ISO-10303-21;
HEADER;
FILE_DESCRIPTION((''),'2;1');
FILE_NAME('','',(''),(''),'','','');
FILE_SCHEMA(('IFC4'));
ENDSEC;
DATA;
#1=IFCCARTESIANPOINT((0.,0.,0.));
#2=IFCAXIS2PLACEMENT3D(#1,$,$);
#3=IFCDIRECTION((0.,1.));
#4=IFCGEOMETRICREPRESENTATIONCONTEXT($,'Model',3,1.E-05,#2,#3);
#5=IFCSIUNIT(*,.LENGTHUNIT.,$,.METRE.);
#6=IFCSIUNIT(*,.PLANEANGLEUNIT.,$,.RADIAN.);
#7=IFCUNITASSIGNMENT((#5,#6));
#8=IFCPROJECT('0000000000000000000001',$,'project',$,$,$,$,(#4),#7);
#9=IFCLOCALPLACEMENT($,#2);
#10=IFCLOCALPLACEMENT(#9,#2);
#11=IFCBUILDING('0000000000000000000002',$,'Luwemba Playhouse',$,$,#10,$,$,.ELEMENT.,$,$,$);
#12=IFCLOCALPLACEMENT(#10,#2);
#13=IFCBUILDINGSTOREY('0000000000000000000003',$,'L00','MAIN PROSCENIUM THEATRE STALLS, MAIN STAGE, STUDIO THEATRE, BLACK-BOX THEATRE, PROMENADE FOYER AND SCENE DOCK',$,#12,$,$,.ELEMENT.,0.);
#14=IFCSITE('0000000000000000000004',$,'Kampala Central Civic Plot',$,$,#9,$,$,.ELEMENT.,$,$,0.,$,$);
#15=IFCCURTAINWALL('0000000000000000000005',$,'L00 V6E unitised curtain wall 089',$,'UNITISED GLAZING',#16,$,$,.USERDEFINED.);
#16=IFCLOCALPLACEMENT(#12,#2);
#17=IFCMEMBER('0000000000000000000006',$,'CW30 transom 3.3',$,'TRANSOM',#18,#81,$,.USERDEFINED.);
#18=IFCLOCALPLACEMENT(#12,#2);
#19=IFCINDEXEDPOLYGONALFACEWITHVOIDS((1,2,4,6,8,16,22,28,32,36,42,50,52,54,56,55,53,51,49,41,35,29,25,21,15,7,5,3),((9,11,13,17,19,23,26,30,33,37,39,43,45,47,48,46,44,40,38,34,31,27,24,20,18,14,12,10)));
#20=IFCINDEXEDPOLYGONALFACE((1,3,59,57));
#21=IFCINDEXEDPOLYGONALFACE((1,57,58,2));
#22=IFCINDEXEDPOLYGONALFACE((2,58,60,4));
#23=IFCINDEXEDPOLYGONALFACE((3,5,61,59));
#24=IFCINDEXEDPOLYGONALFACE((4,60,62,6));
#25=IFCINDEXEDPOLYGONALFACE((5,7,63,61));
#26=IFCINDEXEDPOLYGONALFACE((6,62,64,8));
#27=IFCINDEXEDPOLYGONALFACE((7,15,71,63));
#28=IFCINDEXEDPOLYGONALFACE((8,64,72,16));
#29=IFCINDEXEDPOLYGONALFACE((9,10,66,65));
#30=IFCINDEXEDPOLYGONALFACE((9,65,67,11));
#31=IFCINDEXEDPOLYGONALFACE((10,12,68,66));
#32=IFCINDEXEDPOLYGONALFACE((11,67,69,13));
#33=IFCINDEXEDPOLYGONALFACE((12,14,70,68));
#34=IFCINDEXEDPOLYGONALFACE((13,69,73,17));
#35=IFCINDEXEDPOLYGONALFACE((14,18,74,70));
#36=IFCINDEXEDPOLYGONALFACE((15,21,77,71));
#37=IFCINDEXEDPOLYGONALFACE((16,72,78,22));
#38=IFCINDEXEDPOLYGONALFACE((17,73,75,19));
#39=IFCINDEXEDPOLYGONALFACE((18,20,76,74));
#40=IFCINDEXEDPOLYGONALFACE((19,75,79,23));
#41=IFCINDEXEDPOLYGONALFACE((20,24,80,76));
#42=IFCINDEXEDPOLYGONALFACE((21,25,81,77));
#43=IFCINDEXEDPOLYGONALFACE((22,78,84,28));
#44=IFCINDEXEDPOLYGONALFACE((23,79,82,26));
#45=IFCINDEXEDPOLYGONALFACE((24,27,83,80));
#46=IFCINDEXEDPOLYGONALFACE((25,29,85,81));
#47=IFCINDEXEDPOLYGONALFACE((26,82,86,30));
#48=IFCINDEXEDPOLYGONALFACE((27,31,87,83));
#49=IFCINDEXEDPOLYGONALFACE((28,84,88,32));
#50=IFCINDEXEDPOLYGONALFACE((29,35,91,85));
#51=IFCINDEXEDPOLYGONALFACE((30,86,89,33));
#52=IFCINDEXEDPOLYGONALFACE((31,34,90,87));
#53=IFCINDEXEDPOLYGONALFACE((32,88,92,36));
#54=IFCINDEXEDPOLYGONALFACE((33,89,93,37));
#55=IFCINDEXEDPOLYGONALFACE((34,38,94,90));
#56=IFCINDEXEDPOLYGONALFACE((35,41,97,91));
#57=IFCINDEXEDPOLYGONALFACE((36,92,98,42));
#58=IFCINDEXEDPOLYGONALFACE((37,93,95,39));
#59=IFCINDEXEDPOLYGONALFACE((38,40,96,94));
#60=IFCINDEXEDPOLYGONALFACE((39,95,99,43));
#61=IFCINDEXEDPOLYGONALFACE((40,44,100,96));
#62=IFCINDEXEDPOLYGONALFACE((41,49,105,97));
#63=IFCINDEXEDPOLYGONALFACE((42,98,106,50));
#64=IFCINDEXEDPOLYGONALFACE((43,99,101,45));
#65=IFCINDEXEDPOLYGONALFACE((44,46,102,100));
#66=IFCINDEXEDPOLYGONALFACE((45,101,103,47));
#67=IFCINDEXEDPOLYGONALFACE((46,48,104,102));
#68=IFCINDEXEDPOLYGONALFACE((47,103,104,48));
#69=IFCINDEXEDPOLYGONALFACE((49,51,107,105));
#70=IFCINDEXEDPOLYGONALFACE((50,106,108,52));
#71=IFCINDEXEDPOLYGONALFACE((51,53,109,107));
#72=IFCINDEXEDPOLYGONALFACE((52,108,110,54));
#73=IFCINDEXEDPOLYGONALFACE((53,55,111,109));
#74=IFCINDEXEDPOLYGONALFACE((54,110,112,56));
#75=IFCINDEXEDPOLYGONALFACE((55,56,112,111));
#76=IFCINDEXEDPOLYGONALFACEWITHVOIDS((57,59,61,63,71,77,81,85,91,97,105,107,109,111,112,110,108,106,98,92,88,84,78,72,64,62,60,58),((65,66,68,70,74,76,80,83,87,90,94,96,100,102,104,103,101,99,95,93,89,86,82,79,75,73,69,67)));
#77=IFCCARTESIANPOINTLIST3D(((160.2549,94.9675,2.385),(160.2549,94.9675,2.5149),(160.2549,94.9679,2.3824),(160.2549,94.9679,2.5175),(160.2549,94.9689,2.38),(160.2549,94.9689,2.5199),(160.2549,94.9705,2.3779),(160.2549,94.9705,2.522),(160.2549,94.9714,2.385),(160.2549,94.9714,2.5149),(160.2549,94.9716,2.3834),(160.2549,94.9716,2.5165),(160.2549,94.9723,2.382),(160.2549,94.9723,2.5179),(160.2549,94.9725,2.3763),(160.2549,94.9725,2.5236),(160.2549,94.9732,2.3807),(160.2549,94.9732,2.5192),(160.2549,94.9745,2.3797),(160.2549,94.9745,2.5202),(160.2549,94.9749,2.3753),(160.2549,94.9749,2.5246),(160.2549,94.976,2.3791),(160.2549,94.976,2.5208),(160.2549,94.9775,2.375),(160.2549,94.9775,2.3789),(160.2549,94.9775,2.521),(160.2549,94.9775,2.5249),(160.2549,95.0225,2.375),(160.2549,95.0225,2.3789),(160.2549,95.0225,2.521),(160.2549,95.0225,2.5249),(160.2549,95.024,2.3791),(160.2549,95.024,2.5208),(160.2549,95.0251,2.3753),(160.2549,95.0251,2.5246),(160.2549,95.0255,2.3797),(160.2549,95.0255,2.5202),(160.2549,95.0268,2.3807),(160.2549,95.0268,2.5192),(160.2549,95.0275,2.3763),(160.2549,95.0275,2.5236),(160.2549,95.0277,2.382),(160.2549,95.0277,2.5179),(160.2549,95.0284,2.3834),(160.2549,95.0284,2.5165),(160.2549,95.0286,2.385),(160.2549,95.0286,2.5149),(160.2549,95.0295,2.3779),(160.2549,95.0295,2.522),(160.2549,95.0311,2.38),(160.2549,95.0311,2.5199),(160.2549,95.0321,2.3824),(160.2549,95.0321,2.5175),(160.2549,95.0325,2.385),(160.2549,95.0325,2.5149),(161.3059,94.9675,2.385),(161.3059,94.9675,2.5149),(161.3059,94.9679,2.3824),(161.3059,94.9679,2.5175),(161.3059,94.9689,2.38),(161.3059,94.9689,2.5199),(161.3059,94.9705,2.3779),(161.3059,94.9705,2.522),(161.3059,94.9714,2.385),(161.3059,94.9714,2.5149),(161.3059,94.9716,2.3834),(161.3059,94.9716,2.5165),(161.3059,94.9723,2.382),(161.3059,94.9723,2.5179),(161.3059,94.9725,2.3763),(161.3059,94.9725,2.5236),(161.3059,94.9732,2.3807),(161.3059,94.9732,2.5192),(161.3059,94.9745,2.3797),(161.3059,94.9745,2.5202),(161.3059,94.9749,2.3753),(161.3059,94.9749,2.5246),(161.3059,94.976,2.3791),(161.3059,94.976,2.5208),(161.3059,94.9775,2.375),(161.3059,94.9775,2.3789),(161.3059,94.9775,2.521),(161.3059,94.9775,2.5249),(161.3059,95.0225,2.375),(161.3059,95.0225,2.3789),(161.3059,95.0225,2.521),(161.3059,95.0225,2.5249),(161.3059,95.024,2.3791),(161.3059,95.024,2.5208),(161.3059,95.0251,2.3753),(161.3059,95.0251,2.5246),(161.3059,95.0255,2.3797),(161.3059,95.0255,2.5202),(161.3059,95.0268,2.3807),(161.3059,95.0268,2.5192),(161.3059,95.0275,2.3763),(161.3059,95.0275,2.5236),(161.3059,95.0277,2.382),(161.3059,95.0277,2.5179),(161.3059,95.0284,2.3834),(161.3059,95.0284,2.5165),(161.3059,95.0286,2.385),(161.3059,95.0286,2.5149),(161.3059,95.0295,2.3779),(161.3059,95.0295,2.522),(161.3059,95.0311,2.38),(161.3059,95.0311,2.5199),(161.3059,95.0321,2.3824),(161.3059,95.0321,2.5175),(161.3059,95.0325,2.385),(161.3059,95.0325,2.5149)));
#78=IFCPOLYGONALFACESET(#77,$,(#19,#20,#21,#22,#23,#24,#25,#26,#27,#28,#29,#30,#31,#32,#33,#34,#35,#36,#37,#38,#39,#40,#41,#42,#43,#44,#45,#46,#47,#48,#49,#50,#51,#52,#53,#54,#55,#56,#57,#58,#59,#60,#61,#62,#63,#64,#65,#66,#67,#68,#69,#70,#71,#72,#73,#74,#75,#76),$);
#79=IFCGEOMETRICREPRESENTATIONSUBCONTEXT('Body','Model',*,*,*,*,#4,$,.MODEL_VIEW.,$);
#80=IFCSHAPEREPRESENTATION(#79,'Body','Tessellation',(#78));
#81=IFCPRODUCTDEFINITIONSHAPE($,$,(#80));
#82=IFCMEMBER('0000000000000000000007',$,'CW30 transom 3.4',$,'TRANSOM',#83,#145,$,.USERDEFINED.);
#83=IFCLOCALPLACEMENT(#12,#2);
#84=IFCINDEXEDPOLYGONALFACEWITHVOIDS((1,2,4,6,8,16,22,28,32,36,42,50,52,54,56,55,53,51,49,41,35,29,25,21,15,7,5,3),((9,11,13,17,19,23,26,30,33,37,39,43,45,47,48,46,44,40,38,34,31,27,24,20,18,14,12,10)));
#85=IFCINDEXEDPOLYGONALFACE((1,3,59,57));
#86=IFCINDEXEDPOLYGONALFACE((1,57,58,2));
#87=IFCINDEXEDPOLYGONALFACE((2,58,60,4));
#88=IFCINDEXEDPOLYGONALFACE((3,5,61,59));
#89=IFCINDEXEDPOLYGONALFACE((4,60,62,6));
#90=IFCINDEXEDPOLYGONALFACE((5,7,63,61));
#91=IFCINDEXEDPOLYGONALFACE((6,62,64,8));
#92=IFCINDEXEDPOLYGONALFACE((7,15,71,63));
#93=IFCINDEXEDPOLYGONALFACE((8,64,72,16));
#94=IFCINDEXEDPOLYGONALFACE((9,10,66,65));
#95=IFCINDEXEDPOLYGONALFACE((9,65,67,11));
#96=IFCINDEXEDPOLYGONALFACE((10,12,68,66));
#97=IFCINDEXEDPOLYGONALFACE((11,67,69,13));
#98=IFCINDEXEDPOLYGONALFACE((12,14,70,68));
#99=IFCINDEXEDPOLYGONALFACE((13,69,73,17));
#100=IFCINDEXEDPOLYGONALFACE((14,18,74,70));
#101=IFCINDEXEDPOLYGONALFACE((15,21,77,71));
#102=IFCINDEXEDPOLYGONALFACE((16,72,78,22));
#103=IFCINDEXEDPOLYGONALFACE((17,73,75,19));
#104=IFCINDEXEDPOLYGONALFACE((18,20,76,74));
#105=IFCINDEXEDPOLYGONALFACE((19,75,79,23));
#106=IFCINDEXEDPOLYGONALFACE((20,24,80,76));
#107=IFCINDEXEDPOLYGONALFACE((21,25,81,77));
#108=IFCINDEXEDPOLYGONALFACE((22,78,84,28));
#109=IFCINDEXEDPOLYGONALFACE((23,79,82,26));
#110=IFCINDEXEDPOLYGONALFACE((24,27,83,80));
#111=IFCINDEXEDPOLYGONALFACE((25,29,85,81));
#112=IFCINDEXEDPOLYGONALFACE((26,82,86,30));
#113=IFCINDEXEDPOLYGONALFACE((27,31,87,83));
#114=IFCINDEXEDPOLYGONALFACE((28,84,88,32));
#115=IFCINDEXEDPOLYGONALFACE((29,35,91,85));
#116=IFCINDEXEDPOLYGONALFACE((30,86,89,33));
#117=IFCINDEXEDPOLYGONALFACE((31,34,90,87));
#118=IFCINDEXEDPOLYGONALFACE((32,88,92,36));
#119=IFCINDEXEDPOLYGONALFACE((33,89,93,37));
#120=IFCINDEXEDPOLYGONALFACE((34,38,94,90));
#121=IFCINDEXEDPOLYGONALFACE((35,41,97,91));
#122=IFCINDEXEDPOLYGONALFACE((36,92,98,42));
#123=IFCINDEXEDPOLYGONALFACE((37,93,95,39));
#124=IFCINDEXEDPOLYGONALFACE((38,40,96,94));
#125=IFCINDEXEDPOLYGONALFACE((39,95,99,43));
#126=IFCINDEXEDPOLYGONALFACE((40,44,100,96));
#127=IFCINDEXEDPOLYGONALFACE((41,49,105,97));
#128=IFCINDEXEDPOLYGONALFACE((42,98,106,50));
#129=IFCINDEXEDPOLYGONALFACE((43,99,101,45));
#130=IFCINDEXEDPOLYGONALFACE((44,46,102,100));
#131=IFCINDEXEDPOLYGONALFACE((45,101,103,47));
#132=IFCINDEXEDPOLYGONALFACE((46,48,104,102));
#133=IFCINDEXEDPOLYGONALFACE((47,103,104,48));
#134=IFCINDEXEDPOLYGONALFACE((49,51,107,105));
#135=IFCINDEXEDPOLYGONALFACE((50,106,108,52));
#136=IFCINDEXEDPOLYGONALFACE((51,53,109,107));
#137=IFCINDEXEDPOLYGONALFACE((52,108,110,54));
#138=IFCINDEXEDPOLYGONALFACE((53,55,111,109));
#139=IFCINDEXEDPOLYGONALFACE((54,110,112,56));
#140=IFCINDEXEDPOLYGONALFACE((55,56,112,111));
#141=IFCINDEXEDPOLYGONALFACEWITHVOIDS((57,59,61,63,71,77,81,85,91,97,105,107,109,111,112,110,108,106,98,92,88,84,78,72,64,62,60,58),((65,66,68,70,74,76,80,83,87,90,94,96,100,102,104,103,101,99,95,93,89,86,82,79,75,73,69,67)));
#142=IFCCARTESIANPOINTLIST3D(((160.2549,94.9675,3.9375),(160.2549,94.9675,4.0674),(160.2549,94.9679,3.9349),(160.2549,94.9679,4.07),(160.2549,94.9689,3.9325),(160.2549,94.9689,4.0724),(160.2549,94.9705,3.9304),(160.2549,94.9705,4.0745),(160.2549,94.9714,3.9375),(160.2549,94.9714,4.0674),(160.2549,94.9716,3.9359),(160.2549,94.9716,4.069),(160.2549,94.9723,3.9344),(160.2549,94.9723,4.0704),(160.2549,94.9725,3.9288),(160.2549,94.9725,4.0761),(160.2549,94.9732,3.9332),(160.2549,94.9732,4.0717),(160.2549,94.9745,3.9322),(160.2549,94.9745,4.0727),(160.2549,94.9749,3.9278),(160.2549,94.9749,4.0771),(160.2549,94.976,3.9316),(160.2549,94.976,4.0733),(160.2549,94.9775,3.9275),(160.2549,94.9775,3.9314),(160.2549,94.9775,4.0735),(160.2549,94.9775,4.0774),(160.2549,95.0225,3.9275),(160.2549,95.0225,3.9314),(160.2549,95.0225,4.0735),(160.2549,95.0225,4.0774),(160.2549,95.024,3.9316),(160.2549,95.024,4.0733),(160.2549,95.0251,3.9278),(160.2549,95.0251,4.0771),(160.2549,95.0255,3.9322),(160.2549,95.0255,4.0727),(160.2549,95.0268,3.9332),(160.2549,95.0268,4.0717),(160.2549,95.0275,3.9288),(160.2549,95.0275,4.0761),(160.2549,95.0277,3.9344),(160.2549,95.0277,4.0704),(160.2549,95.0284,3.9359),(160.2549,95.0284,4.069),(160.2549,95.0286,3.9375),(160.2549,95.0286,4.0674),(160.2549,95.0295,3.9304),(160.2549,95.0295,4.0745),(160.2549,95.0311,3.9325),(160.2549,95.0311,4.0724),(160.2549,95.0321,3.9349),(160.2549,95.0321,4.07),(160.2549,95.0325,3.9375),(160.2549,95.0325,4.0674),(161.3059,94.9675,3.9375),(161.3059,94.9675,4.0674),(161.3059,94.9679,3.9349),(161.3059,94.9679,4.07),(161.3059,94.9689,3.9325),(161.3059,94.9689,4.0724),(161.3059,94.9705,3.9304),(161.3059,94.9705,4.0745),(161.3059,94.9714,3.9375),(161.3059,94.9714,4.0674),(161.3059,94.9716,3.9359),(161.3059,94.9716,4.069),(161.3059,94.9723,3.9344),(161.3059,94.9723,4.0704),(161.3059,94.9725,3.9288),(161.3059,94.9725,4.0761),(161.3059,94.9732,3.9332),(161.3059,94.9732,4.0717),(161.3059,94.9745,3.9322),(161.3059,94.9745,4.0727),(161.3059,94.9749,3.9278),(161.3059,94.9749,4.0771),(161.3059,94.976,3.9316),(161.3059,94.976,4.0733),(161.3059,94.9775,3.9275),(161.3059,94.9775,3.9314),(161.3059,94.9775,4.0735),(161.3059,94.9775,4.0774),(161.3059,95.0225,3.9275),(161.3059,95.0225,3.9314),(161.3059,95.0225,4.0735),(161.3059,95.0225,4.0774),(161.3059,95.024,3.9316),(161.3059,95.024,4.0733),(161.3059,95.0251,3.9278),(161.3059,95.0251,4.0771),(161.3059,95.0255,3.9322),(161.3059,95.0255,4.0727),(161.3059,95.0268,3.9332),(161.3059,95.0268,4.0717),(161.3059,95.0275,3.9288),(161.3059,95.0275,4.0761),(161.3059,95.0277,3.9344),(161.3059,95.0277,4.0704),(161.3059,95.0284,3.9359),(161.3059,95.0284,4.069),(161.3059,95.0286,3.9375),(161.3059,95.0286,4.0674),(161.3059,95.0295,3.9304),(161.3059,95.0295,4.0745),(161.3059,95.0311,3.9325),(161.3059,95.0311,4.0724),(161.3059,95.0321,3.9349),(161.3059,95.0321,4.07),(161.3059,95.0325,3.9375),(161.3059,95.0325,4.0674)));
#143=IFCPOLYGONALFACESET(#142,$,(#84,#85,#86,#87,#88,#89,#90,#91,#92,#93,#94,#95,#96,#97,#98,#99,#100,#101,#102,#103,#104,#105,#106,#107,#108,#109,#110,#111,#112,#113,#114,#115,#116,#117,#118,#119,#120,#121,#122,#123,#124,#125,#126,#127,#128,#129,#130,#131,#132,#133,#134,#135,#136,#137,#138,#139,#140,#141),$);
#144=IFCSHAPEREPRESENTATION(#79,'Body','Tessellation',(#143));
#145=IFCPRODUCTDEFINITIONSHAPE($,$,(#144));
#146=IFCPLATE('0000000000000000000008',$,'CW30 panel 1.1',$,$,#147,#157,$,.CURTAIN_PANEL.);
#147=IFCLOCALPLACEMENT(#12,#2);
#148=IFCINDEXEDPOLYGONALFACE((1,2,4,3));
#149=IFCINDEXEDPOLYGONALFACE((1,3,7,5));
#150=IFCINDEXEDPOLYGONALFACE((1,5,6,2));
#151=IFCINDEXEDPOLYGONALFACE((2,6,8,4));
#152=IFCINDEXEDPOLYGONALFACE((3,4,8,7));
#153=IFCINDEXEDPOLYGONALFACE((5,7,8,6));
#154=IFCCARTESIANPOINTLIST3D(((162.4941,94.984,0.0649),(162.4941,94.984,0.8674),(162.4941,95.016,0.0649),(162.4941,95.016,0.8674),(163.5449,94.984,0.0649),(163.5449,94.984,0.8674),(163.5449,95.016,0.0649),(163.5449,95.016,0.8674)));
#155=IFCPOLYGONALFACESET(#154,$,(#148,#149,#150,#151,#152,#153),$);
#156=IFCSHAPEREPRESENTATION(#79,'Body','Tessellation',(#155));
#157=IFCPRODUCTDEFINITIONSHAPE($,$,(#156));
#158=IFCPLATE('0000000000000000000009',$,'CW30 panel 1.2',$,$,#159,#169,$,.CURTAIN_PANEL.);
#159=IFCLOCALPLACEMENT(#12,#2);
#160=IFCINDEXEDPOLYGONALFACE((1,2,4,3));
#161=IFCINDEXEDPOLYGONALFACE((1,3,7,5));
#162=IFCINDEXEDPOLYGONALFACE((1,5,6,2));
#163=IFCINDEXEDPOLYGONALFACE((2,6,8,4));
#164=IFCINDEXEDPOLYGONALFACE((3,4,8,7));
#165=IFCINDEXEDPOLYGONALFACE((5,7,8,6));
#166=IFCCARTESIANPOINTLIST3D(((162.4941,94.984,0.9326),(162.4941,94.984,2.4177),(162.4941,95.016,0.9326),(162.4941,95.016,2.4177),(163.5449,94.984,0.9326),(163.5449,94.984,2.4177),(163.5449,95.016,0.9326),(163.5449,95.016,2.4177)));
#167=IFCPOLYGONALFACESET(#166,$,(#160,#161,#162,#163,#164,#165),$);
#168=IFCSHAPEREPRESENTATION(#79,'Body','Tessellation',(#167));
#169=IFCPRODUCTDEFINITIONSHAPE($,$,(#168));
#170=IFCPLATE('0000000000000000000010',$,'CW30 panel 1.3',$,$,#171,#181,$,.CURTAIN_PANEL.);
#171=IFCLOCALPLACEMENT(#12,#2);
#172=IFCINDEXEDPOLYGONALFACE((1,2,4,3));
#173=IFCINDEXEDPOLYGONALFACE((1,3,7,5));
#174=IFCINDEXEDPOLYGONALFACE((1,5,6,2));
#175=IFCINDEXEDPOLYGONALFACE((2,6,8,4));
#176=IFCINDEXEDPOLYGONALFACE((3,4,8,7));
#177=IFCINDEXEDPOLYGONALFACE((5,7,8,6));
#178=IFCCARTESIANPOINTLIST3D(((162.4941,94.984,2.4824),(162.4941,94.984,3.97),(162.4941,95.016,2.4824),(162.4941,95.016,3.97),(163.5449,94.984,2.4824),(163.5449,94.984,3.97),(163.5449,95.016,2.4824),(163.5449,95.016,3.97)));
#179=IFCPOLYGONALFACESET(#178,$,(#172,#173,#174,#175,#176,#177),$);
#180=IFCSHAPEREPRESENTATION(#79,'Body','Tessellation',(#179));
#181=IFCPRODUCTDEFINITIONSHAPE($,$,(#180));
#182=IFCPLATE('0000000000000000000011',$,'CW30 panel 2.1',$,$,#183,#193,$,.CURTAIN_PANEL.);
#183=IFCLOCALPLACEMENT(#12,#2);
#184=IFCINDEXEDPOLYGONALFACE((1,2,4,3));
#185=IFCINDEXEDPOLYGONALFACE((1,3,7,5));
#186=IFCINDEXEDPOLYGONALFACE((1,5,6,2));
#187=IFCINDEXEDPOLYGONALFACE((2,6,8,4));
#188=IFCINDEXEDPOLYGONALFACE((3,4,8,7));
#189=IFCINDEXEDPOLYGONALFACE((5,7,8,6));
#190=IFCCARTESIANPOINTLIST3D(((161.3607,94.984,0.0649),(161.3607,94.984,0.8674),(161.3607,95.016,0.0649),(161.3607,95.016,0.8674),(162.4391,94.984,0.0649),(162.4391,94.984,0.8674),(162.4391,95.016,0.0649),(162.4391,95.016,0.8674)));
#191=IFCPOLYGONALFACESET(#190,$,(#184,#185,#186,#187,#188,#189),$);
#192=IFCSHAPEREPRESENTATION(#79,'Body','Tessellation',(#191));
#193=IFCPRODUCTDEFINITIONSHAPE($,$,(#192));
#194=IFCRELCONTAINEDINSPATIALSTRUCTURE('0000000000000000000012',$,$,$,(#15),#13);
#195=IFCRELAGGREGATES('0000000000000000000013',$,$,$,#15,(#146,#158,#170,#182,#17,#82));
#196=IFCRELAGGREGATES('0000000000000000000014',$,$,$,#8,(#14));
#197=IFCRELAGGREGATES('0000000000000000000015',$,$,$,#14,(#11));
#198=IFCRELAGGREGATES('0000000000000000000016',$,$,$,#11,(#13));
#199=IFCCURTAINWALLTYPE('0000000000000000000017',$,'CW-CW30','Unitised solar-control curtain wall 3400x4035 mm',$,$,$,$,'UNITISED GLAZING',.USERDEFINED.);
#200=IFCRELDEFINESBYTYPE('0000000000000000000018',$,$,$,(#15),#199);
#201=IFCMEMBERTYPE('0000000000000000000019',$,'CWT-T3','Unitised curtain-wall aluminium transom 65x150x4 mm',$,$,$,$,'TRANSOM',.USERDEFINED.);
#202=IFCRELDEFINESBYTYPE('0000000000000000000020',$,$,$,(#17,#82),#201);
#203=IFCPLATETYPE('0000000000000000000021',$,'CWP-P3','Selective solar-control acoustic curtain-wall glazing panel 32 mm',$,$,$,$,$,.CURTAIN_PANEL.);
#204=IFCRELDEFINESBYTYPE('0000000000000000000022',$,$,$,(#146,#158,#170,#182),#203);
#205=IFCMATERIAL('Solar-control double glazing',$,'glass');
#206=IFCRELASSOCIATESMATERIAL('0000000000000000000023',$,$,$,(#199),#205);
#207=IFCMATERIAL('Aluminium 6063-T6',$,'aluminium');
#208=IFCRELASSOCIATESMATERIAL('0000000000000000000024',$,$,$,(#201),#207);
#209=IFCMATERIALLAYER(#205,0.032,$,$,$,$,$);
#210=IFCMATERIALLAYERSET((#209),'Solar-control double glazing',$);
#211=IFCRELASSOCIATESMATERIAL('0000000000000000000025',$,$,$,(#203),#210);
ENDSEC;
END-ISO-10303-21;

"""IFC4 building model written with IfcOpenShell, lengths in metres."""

from ifc_helpers import new_model, si_unit, direction, frame, origin, origin_2d, place, context, subcontext, project, spatial, rectangle, hollow_rectangle, extrude, material, layer, layer_set, material_profile, profile_set, type_object, element, aggregate, save


model = new_model("IFC4")

# Units and contexts
model_context = context("Model", 3, precision=1e-05, world=origin(), true_north=direction((0.0, 1.0)))
body_context = subcontext(model_context, "Body", "Model", "MODEL_VIEW")
ifc_project = project(units=[si_unit("LENGTHUNIT", "METRE"), si_unit("PLANEANGLEUNIT", "RADIAN")], contexts=[model_context])

# Site, building, storey
site_placement = place(None, origin())
site = spatial("IfcSite", under=ifc_project, at=site_placement, Name="Kampala Central Civic Plot", CompositionType="ELEMENT", RefElevation=0.0)
building_placement = place(site_placement, origin())
building = spatial("IfcBuilding", under=site, at=building_placement, Name="Luwemba Playhouse", CompositionType="ELEMENT")
storey_placement = place(building_placement, origin())
storey = spatial("IfcBuildingStorey", under=building, at=storey_placement, Name="L00", Description="MAIN PROSCENIUM THEATRE STALLS, MAIN STAGE, STUDIO THEATRE, BLACK-BOX THEATRE, PROMENADE FOYER AND SCENE DOCK", CompositionType="ELEMENT", Elevation=0.0)

# Curtain wall, members, plates
ifc_material_1 = material(Name="Solar-control double glazing", Category="glass")
curtain_wall_type = type_object("IfcCurtainWallType", Name="CW-CW30", Description="Unitised solar-control curtain wall 3400x4035 mm", ElementType="UNITISED GLAZING", PredefinedType="USERDEFINED", material=ifc_material_1)
curtain_wall_placement = place(storey_placement, origin())
curtain_wall = element("IfcCurtainWall", 1, at=curtain_wall_placement, inside=storey, type_object=curtain_wall_type, Name="L00 V6E unitised curtain wall 089", ObjectType="UNITISED GLAZING", PredefinedType="USERDEFINED")
ifc_material_2 = material(Name="Aluminium 6063-T6", Category="aluminium")
ifc_material_profile_1 = material_profile(ifc_material_2, hollow_rectangle(XDim=0.0649, YDim=0.1499, WallThickness=0.0039, InnerFilletRadius=0.0061, OuterFilletRadius=0.01, at=origin_2d()))
ifc_profile_set_1 = profile_set([ifc_material_profile_1], Name="Aluminium 6063-T6")
member_type_1 = type_object("IfcMemberType", Name="CWT-T3", Description="Unitised curtain-wall aluminium transom 65x150x4 mm", ElementType="TRANSOM", PredefinedType="USERDEFINED", material=ifc_profile_set_1)
member_1_placement = place(storey_placement, frame((161.3059, 95.0, 2.45), z_axis=(-1.0, 0.0, 0.0), x_axis=(0.0, -1.0, 0.0)))
member_1 = element("IfcMember", 2, at=member_1_placement, type_object=member_type_1, Name="CW30 transom 3.3", ObjectType="TRANSOM", PredefinedType="USERDEFINED", context=body_context, shape_type="SweptSolid", body=[
    extrude(hollow_rectangle(XDim=0.0649, YDim=0.1499, WallThickness=0.0039, InnerFilletRadius=0.0061, OuterFilletRadius=0.01, at=origin_2d()), origin(), (0.0, 0.0, 1.0), 1.051),
])
member_2_placement = place(storey_placement, frame((161.3059, 95.0, 4.0024), z_axis=(-1.0, 0.0, 0.0), x_axis=(0.0, -1.0, 0.0)))
member_2 = element("IfcMember", 3, at=member_2_placement, type_object=member_type_1, Name="CW30 transom 3.4", ObjectType="TRANSOM", PredefinedType="USERDEFINED", context=body_context, shape_type="SweptSolid", body=[
    extrude(hollow_rectangle(XDim=0.0649, YDim=0.1499, WallThickness=0.0039, InnerFilletRadius=0.0061, OuterFilletRadius=0.01, at=origin_2d()), origin(), (0.0, 0.0, 1.0), 1.051),
])
ifc_layer = layer(ifc_material_1, 0.032)
ifc_layer_set = layer_set([ifc_layer], Name="Solar-control double glazing")
plate_type = type_object("IfcPlateType", Name="CWP-P3", Description="Selective solar-control acoustic curtain-wall glazing panel 32 mm", PredefinedType="CURTAIN_PANEL", material=ifc_layer_set)
plate_1_placement = place(storey_placement, frame((163.0195, 95.0, 0.0649), z_axis=(0.0, 0.0, 1.0), x_axis=(-1.0, 0.0, 0.0)))
plate_1 = element("IfcPlate", 4, at=plate_1_placement, type_object=plate_type, Name="CW30 panel 1.1", PredefinedType="CURTAIN_PANEL", context=body_context, shape_type="SweptSolid", body=[
    extrude(rectangle(XDim=1.0508, YDim=0.032, at=origin_2d()), origin(), (0.0, 0.0, 1.0), 0.8025),
])
plate_2_placement = place(storey_placement, frame((163.0195, 95.0, 0.9326), z_axis=(0.0, 0.0, 1.0), x_axis=(-1.0, 0.0, 0.0)))
plate_2 = element("IfcPlate", 5, at=plate_2_placement, type_object=plate_type, Name="CW30 panel 1.2", PredefinedType="CURTAIN_PANEL", context=body_context, shape_type="SweptSolid", body=[
    extrude(rectangle(XDim=1.0508, YDim=0.032, at=origin_2d()), origin(), (0.0, 0.0, 1.0), 1.4851),
])
plate_3_placement = place(storey_placement, frame((163.0195, 95.0, 2.4824), z_axis=(0.0, 0.0, 1.0), x_axis=(-1.0, 0.0, 0.0)))
plate_3 = element("IfcPlate", 6, at=plate_3_placement, type_object=plate_type, Name="CW30 panel 1.3", PredefinedType="CURTAIN_PANEL", context=body_context, shape_type="SweptSolid", body=[
    extrude(rectangle(XDim=1.0508, YDim=0.032, at=origin_2d()), origin(), (0.0, 0.0, 1.0), 1.4875),
])
plate_4_placement = place(storey_placement, frame((161.8999, 95.0, 0.0649), z_axis=(0.0, 0.0, 1.0), x_axis=(-1.0, 0.0, 0.0)))
plate_4 = element("IfcPlate", 7, at=plate_4_placement, type_object=plate_type, Name="CW30 panel 2.1", PredefinedType="CURTAIN_PANEL", context=body_context, shape_type="SweptSolid", body=[
    extrude(rectangle(XDim=1.0784, YDim=0.032, at=origin_2d()), origin(), (0.0, 0.0, 1.0), 0.8025),
])
aggregate(curtain_wall, [plate_1, plate_2, plate_3, plate_4, member_1, member_2])

save(model, "model.ifc")
